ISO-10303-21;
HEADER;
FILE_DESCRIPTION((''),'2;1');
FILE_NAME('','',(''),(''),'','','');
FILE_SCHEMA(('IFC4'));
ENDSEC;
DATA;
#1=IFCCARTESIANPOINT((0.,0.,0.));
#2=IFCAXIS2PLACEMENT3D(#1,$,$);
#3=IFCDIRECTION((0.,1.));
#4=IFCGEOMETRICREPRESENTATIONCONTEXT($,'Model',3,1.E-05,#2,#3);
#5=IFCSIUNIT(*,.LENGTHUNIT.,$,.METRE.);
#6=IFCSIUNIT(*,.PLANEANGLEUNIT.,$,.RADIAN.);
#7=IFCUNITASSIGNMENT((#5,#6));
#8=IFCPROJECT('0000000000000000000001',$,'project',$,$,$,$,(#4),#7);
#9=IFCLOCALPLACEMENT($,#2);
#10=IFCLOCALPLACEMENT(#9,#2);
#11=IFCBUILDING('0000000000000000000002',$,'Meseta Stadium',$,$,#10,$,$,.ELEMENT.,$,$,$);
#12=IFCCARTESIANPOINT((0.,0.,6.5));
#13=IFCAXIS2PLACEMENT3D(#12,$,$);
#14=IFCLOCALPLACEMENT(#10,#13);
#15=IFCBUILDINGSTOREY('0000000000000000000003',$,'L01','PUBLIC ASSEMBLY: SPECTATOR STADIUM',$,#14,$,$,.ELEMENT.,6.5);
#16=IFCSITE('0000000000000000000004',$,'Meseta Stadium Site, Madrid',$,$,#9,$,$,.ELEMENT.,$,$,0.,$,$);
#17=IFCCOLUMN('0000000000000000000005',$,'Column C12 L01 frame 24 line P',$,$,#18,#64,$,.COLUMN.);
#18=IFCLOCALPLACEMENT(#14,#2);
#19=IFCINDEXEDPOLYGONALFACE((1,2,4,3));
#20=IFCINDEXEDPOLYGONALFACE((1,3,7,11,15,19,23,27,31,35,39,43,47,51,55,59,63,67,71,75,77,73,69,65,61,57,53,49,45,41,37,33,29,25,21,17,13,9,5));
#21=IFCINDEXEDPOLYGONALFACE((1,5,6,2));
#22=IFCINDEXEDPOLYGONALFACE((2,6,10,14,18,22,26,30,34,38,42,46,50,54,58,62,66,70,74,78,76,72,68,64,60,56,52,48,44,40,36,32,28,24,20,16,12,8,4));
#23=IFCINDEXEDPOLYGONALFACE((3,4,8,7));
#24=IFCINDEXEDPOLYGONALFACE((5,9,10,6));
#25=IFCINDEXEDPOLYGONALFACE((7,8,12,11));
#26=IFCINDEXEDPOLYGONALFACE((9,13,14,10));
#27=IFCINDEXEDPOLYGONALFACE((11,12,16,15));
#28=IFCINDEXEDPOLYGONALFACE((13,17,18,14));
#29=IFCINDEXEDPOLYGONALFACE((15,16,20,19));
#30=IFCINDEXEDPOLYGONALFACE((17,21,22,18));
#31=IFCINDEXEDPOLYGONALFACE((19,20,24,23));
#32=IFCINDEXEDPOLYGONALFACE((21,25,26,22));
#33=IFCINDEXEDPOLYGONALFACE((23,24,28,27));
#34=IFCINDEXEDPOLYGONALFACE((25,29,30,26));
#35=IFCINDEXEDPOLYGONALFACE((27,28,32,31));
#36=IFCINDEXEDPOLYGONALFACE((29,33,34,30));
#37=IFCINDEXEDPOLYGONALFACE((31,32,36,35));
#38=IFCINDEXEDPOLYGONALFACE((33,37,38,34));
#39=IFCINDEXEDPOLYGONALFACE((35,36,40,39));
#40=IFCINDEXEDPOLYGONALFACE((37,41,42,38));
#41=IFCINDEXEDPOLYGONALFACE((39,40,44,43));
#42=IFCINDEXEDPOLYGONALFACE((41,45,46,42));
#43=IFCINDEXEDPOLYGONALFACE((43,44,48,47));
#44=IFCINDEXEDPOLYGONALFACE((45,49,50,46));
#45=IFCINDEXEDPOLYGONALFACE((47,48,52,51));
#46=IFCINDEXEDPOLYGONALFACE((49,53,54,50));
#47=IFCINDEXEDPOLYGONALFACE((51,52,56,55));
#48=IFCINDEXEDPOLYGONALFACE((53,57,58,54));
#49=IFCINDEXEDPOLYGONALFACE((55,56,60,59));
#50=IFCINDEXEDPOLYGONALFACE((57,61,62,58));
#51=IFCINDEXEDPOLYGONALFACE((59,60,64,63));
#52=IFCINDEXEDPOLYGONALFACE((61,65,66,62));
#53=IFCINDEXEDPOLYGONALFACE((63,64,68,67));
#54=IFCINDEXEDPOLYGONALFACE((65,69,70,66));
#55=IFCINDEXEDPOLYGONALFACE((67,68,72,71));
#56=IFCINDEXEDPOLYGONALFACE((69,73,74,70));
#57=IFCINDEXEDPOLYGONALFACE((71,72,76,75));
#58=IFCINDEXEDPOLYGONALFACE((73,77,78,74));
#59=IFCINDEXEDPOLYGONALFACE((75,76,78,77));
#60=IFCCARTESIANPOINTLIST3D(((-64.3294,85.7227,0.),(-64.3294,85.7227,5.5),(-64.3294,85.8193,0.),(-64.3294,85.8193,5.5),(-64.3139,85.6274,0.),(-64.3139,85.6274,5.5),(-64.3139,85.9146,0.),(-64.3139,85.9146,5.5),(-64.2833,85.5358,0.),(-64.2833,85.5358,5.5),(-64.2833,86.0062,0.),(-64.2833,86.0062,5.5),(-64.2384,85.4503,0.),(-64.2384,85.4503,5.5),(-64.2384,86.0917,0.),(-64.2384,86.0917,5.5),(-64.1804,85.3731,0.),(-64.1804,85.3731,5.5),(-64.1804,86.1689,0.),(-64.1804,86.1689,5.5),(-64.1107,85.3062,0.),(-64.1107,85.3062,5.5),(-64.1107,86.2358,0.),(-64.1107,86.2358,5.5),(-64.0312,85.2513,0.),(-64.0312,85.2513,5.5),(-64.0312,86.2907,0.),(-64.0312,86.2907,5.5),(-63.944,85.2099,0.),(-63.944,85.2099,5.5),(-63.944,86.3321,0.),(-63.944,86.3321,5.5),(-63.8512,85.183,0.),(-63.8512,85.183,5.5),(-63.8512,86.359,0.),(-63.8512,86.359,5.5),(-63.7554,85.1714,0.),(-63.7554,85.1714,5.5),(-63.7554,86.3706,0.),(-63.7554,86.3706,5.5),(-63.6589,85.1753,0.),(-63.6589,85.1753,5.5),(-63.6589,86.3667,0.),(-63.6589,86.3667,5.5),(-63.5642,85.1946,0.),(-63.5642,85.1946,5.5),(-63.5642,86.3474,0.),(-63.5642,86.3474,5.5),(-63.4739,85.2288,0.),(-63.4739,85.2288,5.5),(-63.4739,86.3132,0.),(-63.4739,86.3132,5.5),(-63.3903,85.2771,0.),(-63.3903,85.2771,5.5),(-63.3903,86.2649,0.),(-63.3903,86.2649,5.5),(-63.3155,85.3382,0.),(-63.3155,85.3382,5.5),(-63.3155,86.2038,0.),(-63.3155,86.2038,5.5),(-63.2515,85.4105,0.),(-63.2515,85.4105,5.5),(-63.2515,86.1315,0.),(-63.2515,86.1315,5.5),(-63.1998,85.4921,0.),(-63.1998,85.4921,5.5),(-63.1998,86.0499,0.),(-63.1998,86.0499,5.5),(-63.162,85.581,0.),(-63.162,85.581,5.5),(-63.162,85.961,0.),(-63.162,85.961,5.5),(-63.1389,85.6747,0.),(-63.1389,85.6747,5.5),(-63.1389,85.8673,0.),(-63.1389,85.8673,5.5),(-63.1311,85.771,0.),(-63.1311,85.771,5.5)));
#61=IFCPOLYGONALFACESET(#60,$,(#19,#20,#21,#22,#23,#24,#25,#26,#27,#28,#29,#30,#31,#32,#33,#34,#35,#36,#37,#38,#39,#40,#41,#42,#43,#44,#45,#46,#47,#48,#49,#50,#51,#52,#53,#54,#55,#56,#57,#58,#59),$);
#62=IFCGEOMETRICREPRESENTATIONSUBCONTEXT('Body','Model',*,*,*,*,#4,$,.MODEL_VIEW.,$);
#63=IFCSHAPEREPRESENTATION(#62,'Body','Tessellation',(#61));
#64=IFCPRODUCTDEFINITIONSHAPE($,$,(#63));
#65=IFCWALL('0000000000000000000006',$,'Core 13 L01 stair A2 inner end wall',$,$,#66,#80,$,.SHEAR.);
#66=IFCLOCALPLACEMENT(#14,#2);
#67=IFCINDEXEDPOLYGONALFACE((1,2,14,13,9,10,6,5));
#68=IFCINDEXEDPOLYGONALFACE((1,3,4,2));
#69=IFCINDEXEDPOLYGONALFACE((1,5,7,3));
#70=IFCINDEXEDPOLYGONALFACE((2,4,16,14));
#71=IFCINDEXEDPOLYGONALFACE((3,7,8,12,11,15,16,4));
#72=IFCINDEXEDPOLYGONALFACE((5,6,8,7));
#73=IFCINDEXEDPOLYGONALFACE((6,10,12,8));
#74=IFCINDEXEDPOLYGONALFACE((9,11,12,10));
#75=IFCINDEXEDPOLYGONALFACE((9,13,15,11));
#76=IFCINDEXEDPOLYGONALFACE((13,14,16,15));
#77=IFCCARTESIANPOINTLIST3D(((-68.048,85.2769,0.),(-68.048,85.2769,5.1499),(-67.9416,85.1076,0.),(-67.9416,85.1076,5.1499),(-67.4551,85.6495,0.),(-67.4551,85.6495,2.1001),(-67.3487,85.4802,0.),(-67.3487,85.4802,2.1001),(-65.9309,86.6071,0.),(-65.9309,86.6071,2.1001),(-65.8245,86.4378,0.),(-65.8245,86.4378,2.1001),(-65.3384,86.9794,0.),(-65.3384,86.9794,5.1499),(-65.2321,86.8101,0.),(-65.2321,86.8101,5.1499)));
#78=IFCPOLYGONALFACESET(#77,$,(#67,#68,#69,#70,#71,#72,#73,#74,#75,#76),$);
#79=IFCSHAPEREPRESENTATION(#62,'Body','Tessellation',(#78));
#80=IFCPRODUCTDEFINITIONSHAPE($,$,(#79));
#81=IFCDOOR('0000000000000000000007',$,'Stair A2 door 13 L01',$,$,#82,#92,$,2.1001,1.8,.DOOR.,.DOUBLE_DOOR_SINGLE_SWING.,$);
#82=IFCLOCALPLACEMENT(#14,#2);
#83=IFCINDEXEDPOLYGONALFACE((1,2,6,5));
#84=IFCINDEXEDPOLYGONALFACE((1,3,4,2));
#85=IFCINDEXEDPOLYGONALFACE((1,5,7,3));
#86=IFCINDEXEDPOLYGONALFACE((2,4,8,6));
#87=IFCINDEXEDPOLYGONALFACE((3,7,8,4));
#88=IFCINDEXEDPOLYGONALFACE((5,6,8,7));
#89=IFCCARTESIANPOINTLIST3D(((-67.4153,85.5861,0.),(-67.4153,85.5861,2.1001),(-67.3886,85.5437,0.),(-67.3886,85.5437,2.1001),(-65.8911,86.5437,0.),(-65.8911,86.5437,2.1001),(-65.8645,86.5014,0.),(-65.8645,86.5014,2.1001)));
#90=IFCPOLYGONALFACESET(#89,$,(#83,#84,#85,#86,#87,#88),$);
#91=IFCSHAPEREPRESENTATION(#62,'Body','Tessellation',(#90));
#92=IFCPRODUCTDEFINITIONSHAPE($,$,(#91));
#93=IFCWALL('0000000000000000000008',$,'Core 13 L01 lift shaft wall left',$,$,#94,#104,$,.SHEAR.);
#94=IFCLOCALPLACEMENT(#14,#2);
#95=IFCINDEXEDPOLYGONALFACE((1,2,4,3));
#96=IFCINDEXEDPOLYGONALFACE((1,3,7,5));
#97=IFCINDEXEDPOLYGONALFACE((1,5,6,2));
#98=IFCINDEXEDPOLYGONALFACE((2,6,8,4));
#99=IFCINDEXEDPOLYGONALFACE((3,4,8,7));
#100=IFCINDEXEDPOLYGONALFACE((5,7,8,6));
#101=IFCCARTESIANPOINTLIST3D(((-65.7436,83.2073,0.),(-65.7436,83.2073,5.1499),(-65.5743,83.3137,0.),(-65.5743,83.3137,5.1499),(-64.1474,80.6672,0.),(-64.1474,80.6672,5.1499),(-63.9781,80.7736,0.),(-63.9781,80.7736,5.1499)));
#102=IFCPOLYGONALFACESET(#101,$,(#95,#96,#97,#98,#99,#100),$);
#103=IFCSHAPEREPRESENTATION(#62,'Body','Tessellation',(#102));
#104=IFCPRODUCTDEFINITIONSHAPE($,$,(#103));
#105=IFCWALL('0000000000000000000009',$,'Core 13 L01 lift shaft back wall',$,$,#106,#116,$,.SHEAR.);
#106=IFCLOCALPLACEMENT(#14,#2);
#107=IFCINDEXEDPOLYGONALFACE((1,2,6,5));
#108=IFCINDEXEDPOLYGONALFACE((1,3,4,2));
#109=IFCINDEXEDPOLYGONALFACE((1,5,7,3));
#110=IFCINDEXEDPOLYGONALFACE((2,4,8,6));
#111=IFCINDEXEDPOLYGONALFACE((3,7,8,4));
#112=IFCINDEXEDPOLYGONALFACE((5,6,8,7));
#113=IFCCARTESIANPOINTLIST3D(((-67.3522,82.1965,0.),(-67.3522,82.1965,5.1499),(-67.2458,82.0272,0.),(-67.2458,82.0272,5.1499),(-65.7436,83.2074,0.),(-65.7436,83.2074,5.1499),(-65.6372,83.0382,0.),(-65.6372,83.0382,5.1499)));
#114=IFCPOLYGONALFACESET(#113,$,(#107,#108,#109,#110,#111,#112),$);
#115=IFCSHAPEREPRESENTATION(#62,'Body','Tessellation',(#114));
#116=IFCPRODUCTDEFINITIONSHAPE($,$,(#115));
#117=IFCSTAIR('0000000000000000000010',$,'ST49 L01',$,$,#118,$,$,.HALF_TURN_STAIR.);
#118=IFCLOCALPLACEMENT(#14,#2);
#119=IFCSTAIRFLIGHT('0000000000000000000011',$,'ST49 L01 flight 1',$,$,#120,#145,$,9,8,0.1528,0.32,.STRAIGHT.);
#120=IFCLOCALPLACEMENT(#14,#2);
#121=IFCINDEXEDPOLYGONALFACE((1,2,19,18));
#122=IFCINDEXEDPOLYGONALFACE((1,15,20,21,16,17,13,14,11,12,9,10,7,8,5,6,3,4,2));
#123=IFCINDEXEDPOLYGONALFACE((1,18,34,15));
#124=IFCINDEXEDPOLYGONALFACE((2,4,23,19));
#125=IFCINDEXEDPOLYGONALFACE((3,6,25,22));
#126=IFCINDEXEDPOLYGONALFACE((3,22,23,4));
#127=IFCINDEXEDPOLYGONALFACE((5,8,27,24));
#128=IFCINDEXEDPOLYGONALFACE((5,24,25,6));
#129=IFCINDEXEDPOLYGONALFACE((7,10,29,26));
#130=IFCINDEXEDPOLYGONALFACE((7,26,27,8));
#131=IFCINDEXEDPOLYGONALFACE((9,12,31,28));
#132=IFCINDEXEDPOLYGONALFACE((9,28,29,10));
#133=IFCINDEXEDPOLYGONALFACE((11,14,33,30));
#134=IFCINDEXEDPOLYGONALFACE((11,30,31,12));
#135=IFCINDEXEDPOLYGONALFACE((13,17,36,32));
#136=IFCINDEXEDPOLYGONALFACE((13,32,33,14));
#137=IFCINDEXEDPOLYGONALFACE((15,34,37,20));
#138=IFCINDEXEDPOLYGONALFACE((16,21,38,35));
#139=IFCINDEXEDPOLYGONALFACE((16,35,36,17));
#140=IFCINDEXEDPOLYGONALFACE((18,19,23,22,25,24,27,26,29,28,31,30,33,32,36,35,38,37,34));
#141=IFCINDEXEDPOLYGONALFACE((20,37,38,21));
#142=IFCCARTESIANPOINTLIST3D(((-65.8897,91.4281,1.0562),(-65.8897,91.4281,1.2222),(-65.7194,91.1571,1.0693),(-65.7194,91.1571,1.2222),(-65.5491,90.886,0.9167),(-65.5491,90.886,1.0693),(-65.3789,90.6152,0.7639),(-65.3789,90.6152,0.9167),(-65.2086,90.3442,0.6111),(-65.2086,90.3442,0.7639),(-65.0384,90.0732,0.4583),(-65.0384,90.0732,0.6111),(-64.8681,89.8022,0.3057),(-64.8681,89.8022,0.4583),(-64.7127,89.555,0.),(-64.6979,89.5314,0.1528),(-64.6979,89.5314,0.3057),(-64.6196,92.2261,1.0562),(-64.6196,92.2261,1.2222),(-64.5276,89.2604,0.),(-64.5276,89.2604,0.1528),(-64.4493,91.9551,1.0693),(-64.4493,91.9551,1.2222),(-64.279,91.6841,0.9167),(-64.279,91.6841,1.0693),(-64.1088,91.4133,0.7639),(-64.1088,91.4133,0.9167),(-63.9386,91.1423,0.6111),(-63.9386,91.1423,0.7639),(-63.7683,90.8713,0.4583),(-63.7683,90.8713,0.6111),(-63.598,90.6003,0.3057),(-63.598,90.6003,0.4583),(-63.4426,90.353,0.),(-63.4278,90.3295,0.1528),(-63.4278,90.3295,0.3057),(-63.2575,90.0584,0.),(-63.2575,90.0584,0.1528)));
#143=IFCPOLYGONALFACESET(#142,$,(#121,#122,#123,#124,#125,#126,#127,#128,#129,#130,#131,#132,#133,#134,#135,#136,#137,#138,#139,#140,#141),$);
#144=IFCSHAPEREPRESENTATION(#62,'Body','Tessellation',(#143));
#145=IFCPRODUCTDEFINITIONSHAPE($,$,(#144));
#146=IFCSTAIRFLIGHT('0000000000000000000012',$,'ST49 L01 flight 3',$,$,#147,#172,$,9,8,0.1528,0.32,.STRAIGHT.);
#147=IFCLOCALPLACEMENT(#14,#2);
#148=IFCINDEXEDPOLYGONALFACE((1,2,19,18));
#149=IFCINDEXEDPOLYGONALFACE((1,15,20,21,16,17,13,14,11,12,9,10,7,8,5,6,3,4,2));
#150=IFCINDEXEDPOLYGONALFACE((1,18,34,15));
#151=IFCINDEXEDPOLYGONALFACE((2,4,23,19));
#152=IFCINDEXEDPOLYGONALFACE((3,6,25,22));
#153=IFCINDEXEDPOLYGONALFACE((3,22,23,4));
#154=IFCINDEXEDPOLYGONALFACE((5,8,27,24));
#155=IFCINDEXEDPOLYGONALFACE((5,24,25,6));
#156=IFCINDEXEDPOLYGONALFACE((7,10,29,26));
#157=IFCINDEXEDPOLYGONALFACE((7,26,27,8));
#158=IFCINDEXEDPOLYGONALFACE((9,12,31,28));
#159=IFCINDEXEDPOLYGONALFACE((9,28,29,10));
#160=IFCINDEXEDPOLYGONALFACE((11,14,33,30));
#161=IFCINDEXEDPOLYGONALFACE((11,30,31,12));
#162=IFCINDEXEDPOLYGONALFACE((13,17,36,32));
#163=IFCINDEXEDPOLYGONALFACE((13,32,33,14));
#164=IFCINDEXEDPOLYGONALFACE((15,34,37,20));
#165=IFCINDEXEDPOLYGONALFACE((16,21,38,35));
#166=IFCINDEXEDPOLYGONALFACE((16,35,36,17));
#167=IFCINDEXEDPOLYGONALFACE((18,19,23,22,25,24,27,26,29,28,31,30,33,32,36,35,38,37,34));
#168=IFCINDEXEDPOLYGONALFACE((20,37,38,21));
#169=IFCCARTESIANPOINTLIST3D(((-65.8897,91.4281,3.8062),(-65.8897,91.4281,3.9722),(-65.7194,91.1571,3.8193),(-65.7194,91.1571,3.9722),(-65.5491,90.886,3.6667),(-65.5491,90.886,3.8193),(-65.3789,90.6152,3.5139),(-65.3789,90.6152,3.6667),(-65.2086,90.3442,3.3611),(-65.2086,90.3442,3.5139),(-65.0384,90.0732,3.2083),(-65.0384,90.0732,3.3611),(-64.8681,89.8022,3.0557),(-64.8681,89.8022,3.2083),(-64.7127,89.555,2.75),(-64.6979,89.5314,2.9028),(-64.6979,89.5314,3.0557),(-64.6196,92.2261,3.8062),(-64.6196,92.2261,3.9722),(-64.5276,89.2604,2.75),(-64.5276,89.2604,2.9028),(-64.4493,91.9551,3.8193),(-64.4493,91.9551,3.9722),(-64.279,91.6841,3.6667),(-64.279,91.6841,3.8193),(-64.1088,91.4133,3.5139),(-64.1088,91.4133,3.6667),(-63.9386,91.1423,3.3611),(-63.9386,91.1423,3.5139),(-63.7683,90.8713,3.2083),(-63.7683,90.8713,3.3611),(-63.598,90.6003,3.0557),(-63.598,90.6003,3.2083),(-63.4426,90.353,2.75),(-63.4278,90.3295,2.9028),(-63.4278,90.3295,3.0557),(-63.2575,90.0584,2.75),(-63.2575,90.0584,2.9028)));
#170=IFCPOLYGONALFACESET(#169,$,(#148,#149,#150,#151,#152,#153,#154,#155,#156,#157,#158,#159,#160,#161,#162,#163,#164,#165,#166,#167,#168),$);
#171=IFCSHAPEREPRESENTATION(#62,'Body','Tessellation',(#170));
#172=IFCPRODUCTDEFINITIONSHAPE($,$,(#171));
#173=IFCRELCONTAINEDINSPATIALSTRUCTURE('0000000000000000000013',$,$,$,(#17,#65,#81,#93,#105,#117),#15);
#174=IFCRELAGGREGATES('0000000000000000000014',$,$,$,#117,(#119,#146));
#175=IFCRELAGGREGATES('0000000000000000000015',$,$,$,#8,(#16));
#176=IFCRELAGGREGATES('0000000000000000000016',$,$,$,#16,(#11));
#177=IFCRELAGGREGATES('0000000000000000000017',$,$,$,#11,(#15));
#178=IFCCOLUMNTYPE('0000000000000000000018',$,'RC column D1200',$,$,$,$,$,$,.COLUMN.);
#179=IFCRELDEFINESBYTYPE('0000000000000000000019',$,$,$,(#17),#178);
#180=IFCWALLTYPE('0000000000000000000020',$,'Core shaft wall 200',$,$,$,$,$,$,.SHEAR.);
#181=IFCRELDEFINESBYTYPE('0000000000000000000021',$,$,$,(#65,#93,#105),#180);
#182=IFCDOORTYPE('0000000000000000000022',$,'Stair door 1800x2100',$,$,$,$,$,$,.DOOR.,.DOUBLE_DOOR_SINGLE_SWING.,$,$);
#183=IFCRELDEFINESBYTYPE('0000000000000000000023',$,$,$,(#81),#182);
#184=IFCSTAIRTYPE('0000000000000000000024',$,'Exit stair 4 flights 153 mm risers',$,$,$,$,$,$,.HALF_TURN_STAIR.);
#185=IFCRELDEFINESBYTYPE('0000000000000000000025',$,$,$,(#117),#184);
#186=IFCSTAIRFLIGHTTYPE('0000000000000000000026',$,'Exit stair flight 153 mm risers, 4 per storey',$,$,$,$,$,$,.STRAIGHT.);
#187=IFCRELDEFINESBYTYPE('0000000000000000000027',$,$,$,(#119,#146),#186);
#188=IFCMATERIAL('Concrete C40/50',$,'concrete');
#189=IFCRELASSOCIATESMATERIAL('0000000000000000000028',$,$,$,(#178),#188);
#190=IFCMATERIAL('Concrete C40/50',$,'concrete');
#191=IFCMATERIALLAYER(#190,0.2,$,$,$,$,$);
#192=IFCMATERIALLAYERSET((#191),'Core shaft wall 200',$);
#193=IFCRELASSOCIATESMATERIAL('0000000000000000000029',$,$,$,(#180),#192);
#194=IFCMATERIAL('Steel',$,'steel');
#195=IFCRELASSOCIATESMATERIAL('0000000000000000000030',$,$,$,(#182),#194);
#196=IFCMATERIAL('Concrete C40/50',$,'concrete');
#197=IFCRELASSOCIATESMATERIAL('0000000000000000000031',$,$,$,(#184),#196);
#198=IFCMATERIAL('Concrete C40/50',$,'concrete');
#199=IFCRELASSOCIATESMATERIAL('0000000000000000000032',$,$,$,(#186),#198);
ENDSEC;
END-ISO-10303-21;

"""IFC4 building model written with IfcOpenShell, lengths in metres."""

from ifc_helpers import new_model, si_unit, direction, frame, frame_2d, origin, origin_2d, place, context, subcontext, project, spatial, polyline, rectangle, circle, outline, extrude, material, layer, layer_set, material_profile, profile_set, type_object, element, fill, aggregate, save


model = new_model("IFC4")

# Units and contexts
model_context = context("Model", 3, precision=1e-05, world=origin(), true_north=direction((0.0, 1.0)))
body_context = subcontext(model_context, "Body", "Model", "MODEL_VIEW")
ifc_project = project(units=[si_unit("LENGTHUNIT", "METRE"), si_unit("PLANEANGLEUNIT", "RADIAN")], contexts=[model_context])

# Site, building, storey
site_placement = place(None, origin())
site = spatial("IfcSite", under=ifc_project, at=site_placement, Name="Meseta Stadium Site, Madrid", CompositionType="ELEMENT", RefElevation=0.0)
building_placement = place(site_placement, origin())
building = spatial("IfcBuilding", under=site, at=building_placement, Name="Meseta Stadium", CompositionType="ELEMENT")
storey_placement = place(building_placement, frame((0.0, 0.0, 6.5)))
storey = spatial("IfcBuildingStorey", under=building, at=storey_placement, Name="L01", Description="PUBLIC ASSEMBLY: SPECTATOR STADIUM", CompositionType="ELEMENT", Elevation=6.5)

# Column
ifc_material_1 = material(Name="Concrete C40/50", Category="concrete")
ifc_material_profile = material_profile(ifc_material_1, circle(Radius=0.6001, at=origin_2d()), Name="RC D1200")
ifc_profile_set = profile_set([ifc_material_profile], Name="Concrete C40/50")
column_type = type_object("IfcColumnType", Name="RC column D1200", PredefinedType="COLUMN", material=ifc_profile_set)
column_placement = place(storey_placement, frame((-63.7312, 85.771, 0.0), z_axis=(0.0, 0.0, 1.0), x_axis=(1.0, 0.0, 0.0)))
element("IfcColumn", 1, at=column_placement, inside=storey, type_object=column_type, Name="Column C12 L01 frame 24 line P", PredefinedType="COLUMN", context=body_context, shape_type="SweptSolid", body=[
    extrude(circle(Radius=0.6001, at=origin_2d()), origin(), (0.0, 0.0, 1.0), 5.5),
])

# Wall, opening, door
ifc_material_2 = material(Name="Concrete C40/50", Category="concrete")
ifc_layer = layer(ifc_material_2, 0.2)
ifc_layer_set = layer_set([ifc_layer], Name="Core shaft wall 200")
wall_type = type_object("IfcWallType", Name="Core shaft wall 200", PredefinedType="SHEAR", material=ifc_layer_set)
wall_1_placement = place(storey_placement, frame((-65.2852, 86.8948, 0.0), z_axis=(0.0, 0.0, 1.0), x_axis=(-0.846736, -0.532014, 0.0)))
wall_1 = element("IfcWall", 2, at=wall_1_placement, inside=storey, type_object=wall_type, Name="Core 13 L01 stair A2 inner end wall", PredefinedType="SHEAR", context=body_context, shape_type="SweptSolid", body=[
    extrude(rectangle(XDim=3.2, YDim=0.2, at=frame_2d((1.6001, 0.0))), origin(), (0.0, 0.0, 1.0), 5.1499),
])
opening_placement = place(wall_1_placement, frame((0.7, 0.0, 0.0)))
opening = element("IfcOpeningElement", 3, at=opening_placement, cuts=wall_1, PredefinedType="OPENING", context=body_context, shape_type="SweptSolid", body=[
    extrude(rectangle(XDim=1.8, YDim=2.1001, at=frame_2d((0.8999, 1.05))), frame((0.0, 0.1099, 0.0), z_axis=(0.0, -1.0, 0.0), x_axis=(1.0, 0.0, 0.0)), (0.0, 0.0, 1.0), 0.22),
])
ifc_material_3 = material(Name="Steel", Category="steel")
door_type = type_object("IfcDoorType", Name="Stair door 1800x2100", OperationType="DOUBLE_DOOR_SINGLE_SWING", PredefinedType="DOOR", material=ifc_material_3)
door_placement = place(opening_placement, origin())
door = element("IfcDoor", 4, at=door_placement, inside=storey, type_object=door_type, Name="Stair A2 door 13 L01", OperationType="DOUBLE_DOOR_SINGLE_SWING", OverallHeight=2.1001, OverallWidth=1.8, PredefinedType="DOOR", context=body_context, shape_type="SweptSolid", body=[
    extrude(rectangle(XDim=1.8, YDim=2.1001, at=frame_2d((0.8999, 1.05))), frame((0.0, 0.0249, 0.0), z_axis=(0.0, -1.0, 0.0), x_axis=(1.0, 0.0, 0.0)), (0.0, 0.0, 1.0), 0.05),
])
fill(opening, door)

# Walls
wall_2_placement = place(storey_placement, frame((-65.6589, 83.2605, 0.0), z_axis=(0.0, 0.0, 1.0), x_axis=(0.532075, -0.846697, 0.0)))
element("IfcWall", 5, at=wall_2_placement, inside=storey, type_object=wall_type, Name="Core 13 L01 lift shaft wall left", PredefinedType="SHEAR", context=body_context, shape_type="SweptSolid", body=[
    extrude(rectangle(XDim=3.0, YDim=0.2, at=frame_2d((1.5, 0.0))), origin(), (0.0, 0.0, 1.0), 5.1499),
])
wall_3_placement = place(storey_placement, frame((-65.6904, 83.1228, 0.0), z_axis=(0.0, 0.0, 1.0), x_axis=(-0.846675, -0.532111, 0.0)))
element("IfcWall", 6, at=wall_3_placement, inside=storey, type_object=wall_type, Name="Core 13 L01 lift shaft back wall", PredefinedType="SHEAR", context=body_context, shape_type="SweptSolid", body=[
    extrude(rectangle(XDim=1.8999, YDim=0.2, at=frame_2d((0.95, 0.0))), origin(), (0.0, 0.0, 1.0), 5.1499),
])

# Stair, stair flights
ifc_material_4 = material(Name="Concrete C40/50", Category="concrete")
stair_type = type_object("IfcStairType", Name="Exit stair 4 flights 153 mm risers", PredefinedType="HALF_TURN_STAIR", material=ifc_material_4)
stair_1_placement = place(storey_placement, origin())
stair_1 = element("IfcStair", 7, at=stair_1_placement, inside=storey, type_object=stair_type, Name="ST49 L01", PredefinedType="HALF_TURN_STAIR")
ifc_material_5 = material(Name="Concrete C40/50", Category="concrete")
stair_flight_type = type_object("IfcStairFlightType", Name="Exit stair flight 153 mm risers, 4 per storey", PredefinedType="STRAIGHT", material=ifc_material_5)
stair_flight_1_placement = place(storey_placement, frame((-63.8926, 89.6594, 0.0), z_axis=(0.0, 0.0, 1.0), x_axis=(-0.532032, 0.846724, 0.0)))
stair_flight_1 = element("IfcStairFlight", 8, at=stair_flight_1_placement, type_object=stair_flight_type, Name="ST49 L01 flight 1", NumberOfRisers=9, NumberOfTreads=8, PredefinedType="STRAIGHT", RiserHeight=0.1528, TreadLength=0.32, context=body_context, shape_type="SweptSolid", body=[
    extrude(outline(polyline([(0.0, 0.0), (0.0, 0.1528), (0.3201, 0.1528), (0.3201, 0.3057), (0.6399, 0.3057), (0.6399, 0.4583), (0.96, 0.4583), (0.96, 0.6111), (1.28, 0.6111), (1.28, 0.7639), (1.6001, 0.7639), (1.6001, 0.9167), (1.9199, 0.9167), (1.9199, 1.0693), (2.24, 1.0693), (2.24, 1.2222), (2.5601, 1.2222), (2.5601, 1.0562), (0.3479, 0.0), (0.0, 0.0)])), frame((0.0, 0.75, 0.0), z_axis=(0.0, -1.0, 0.0), x_axis=(1.0, 0.0, 0.0)), (0.0, 0.0, 1.0), 1.5),
])
stair_flight_2_placement = place(storey_placement, frame((-63.8926, 89.6594, 2.75), z_axis=(0.0, 0.0, 1.0), x_axis=(-0.532032, 0.846724, 0.0)))
stair_flight_2 = element("IfcStairFlight", 9, at=stair_flight_2_placement, type_object=stair_flight_type, Name="ST49 L01 flight 3", NumberOfRisers=9, NumberOfTreads=8, PredefinedType="STRAIGHT", RiserHeight=0.1528, TreadLength=0.32, context=body_context, shape_type="SweptSolid", body=[
    extrude(outline(polyline([(0.0, 0.0), (0.0, 0.1528), (0.3201, 0.1528), (0.3201, 0.3057), (0.6399, 0.3057), (0.6399, 0.4583), (0.96, 0.4583), (0.96, 0.6111), (1.28, 0.6111), (1.28, 0.7639), (1.6001, 0.7639), (1.6001, 0.9167), (1.9199, 0.9167), (1.9199, 1.0693), (2.24, 1.0693), (2.24, 1.2222), (2.5601, 1.2222), (2.5601, 1.0562), (0.3479, 0.0), (0.0, 0.0)])), frame((0.0, 0.75, 0.0), z_axis=(0.0, -1.0, 0.0), x_axis=(1.0, 0.0, 0.0)), (0.0, 0.0, 1.0), 1.5),
])
aggregate(stair_1, [stair_flight_1, stair_flight_2])

save(model, "model.ifc")
